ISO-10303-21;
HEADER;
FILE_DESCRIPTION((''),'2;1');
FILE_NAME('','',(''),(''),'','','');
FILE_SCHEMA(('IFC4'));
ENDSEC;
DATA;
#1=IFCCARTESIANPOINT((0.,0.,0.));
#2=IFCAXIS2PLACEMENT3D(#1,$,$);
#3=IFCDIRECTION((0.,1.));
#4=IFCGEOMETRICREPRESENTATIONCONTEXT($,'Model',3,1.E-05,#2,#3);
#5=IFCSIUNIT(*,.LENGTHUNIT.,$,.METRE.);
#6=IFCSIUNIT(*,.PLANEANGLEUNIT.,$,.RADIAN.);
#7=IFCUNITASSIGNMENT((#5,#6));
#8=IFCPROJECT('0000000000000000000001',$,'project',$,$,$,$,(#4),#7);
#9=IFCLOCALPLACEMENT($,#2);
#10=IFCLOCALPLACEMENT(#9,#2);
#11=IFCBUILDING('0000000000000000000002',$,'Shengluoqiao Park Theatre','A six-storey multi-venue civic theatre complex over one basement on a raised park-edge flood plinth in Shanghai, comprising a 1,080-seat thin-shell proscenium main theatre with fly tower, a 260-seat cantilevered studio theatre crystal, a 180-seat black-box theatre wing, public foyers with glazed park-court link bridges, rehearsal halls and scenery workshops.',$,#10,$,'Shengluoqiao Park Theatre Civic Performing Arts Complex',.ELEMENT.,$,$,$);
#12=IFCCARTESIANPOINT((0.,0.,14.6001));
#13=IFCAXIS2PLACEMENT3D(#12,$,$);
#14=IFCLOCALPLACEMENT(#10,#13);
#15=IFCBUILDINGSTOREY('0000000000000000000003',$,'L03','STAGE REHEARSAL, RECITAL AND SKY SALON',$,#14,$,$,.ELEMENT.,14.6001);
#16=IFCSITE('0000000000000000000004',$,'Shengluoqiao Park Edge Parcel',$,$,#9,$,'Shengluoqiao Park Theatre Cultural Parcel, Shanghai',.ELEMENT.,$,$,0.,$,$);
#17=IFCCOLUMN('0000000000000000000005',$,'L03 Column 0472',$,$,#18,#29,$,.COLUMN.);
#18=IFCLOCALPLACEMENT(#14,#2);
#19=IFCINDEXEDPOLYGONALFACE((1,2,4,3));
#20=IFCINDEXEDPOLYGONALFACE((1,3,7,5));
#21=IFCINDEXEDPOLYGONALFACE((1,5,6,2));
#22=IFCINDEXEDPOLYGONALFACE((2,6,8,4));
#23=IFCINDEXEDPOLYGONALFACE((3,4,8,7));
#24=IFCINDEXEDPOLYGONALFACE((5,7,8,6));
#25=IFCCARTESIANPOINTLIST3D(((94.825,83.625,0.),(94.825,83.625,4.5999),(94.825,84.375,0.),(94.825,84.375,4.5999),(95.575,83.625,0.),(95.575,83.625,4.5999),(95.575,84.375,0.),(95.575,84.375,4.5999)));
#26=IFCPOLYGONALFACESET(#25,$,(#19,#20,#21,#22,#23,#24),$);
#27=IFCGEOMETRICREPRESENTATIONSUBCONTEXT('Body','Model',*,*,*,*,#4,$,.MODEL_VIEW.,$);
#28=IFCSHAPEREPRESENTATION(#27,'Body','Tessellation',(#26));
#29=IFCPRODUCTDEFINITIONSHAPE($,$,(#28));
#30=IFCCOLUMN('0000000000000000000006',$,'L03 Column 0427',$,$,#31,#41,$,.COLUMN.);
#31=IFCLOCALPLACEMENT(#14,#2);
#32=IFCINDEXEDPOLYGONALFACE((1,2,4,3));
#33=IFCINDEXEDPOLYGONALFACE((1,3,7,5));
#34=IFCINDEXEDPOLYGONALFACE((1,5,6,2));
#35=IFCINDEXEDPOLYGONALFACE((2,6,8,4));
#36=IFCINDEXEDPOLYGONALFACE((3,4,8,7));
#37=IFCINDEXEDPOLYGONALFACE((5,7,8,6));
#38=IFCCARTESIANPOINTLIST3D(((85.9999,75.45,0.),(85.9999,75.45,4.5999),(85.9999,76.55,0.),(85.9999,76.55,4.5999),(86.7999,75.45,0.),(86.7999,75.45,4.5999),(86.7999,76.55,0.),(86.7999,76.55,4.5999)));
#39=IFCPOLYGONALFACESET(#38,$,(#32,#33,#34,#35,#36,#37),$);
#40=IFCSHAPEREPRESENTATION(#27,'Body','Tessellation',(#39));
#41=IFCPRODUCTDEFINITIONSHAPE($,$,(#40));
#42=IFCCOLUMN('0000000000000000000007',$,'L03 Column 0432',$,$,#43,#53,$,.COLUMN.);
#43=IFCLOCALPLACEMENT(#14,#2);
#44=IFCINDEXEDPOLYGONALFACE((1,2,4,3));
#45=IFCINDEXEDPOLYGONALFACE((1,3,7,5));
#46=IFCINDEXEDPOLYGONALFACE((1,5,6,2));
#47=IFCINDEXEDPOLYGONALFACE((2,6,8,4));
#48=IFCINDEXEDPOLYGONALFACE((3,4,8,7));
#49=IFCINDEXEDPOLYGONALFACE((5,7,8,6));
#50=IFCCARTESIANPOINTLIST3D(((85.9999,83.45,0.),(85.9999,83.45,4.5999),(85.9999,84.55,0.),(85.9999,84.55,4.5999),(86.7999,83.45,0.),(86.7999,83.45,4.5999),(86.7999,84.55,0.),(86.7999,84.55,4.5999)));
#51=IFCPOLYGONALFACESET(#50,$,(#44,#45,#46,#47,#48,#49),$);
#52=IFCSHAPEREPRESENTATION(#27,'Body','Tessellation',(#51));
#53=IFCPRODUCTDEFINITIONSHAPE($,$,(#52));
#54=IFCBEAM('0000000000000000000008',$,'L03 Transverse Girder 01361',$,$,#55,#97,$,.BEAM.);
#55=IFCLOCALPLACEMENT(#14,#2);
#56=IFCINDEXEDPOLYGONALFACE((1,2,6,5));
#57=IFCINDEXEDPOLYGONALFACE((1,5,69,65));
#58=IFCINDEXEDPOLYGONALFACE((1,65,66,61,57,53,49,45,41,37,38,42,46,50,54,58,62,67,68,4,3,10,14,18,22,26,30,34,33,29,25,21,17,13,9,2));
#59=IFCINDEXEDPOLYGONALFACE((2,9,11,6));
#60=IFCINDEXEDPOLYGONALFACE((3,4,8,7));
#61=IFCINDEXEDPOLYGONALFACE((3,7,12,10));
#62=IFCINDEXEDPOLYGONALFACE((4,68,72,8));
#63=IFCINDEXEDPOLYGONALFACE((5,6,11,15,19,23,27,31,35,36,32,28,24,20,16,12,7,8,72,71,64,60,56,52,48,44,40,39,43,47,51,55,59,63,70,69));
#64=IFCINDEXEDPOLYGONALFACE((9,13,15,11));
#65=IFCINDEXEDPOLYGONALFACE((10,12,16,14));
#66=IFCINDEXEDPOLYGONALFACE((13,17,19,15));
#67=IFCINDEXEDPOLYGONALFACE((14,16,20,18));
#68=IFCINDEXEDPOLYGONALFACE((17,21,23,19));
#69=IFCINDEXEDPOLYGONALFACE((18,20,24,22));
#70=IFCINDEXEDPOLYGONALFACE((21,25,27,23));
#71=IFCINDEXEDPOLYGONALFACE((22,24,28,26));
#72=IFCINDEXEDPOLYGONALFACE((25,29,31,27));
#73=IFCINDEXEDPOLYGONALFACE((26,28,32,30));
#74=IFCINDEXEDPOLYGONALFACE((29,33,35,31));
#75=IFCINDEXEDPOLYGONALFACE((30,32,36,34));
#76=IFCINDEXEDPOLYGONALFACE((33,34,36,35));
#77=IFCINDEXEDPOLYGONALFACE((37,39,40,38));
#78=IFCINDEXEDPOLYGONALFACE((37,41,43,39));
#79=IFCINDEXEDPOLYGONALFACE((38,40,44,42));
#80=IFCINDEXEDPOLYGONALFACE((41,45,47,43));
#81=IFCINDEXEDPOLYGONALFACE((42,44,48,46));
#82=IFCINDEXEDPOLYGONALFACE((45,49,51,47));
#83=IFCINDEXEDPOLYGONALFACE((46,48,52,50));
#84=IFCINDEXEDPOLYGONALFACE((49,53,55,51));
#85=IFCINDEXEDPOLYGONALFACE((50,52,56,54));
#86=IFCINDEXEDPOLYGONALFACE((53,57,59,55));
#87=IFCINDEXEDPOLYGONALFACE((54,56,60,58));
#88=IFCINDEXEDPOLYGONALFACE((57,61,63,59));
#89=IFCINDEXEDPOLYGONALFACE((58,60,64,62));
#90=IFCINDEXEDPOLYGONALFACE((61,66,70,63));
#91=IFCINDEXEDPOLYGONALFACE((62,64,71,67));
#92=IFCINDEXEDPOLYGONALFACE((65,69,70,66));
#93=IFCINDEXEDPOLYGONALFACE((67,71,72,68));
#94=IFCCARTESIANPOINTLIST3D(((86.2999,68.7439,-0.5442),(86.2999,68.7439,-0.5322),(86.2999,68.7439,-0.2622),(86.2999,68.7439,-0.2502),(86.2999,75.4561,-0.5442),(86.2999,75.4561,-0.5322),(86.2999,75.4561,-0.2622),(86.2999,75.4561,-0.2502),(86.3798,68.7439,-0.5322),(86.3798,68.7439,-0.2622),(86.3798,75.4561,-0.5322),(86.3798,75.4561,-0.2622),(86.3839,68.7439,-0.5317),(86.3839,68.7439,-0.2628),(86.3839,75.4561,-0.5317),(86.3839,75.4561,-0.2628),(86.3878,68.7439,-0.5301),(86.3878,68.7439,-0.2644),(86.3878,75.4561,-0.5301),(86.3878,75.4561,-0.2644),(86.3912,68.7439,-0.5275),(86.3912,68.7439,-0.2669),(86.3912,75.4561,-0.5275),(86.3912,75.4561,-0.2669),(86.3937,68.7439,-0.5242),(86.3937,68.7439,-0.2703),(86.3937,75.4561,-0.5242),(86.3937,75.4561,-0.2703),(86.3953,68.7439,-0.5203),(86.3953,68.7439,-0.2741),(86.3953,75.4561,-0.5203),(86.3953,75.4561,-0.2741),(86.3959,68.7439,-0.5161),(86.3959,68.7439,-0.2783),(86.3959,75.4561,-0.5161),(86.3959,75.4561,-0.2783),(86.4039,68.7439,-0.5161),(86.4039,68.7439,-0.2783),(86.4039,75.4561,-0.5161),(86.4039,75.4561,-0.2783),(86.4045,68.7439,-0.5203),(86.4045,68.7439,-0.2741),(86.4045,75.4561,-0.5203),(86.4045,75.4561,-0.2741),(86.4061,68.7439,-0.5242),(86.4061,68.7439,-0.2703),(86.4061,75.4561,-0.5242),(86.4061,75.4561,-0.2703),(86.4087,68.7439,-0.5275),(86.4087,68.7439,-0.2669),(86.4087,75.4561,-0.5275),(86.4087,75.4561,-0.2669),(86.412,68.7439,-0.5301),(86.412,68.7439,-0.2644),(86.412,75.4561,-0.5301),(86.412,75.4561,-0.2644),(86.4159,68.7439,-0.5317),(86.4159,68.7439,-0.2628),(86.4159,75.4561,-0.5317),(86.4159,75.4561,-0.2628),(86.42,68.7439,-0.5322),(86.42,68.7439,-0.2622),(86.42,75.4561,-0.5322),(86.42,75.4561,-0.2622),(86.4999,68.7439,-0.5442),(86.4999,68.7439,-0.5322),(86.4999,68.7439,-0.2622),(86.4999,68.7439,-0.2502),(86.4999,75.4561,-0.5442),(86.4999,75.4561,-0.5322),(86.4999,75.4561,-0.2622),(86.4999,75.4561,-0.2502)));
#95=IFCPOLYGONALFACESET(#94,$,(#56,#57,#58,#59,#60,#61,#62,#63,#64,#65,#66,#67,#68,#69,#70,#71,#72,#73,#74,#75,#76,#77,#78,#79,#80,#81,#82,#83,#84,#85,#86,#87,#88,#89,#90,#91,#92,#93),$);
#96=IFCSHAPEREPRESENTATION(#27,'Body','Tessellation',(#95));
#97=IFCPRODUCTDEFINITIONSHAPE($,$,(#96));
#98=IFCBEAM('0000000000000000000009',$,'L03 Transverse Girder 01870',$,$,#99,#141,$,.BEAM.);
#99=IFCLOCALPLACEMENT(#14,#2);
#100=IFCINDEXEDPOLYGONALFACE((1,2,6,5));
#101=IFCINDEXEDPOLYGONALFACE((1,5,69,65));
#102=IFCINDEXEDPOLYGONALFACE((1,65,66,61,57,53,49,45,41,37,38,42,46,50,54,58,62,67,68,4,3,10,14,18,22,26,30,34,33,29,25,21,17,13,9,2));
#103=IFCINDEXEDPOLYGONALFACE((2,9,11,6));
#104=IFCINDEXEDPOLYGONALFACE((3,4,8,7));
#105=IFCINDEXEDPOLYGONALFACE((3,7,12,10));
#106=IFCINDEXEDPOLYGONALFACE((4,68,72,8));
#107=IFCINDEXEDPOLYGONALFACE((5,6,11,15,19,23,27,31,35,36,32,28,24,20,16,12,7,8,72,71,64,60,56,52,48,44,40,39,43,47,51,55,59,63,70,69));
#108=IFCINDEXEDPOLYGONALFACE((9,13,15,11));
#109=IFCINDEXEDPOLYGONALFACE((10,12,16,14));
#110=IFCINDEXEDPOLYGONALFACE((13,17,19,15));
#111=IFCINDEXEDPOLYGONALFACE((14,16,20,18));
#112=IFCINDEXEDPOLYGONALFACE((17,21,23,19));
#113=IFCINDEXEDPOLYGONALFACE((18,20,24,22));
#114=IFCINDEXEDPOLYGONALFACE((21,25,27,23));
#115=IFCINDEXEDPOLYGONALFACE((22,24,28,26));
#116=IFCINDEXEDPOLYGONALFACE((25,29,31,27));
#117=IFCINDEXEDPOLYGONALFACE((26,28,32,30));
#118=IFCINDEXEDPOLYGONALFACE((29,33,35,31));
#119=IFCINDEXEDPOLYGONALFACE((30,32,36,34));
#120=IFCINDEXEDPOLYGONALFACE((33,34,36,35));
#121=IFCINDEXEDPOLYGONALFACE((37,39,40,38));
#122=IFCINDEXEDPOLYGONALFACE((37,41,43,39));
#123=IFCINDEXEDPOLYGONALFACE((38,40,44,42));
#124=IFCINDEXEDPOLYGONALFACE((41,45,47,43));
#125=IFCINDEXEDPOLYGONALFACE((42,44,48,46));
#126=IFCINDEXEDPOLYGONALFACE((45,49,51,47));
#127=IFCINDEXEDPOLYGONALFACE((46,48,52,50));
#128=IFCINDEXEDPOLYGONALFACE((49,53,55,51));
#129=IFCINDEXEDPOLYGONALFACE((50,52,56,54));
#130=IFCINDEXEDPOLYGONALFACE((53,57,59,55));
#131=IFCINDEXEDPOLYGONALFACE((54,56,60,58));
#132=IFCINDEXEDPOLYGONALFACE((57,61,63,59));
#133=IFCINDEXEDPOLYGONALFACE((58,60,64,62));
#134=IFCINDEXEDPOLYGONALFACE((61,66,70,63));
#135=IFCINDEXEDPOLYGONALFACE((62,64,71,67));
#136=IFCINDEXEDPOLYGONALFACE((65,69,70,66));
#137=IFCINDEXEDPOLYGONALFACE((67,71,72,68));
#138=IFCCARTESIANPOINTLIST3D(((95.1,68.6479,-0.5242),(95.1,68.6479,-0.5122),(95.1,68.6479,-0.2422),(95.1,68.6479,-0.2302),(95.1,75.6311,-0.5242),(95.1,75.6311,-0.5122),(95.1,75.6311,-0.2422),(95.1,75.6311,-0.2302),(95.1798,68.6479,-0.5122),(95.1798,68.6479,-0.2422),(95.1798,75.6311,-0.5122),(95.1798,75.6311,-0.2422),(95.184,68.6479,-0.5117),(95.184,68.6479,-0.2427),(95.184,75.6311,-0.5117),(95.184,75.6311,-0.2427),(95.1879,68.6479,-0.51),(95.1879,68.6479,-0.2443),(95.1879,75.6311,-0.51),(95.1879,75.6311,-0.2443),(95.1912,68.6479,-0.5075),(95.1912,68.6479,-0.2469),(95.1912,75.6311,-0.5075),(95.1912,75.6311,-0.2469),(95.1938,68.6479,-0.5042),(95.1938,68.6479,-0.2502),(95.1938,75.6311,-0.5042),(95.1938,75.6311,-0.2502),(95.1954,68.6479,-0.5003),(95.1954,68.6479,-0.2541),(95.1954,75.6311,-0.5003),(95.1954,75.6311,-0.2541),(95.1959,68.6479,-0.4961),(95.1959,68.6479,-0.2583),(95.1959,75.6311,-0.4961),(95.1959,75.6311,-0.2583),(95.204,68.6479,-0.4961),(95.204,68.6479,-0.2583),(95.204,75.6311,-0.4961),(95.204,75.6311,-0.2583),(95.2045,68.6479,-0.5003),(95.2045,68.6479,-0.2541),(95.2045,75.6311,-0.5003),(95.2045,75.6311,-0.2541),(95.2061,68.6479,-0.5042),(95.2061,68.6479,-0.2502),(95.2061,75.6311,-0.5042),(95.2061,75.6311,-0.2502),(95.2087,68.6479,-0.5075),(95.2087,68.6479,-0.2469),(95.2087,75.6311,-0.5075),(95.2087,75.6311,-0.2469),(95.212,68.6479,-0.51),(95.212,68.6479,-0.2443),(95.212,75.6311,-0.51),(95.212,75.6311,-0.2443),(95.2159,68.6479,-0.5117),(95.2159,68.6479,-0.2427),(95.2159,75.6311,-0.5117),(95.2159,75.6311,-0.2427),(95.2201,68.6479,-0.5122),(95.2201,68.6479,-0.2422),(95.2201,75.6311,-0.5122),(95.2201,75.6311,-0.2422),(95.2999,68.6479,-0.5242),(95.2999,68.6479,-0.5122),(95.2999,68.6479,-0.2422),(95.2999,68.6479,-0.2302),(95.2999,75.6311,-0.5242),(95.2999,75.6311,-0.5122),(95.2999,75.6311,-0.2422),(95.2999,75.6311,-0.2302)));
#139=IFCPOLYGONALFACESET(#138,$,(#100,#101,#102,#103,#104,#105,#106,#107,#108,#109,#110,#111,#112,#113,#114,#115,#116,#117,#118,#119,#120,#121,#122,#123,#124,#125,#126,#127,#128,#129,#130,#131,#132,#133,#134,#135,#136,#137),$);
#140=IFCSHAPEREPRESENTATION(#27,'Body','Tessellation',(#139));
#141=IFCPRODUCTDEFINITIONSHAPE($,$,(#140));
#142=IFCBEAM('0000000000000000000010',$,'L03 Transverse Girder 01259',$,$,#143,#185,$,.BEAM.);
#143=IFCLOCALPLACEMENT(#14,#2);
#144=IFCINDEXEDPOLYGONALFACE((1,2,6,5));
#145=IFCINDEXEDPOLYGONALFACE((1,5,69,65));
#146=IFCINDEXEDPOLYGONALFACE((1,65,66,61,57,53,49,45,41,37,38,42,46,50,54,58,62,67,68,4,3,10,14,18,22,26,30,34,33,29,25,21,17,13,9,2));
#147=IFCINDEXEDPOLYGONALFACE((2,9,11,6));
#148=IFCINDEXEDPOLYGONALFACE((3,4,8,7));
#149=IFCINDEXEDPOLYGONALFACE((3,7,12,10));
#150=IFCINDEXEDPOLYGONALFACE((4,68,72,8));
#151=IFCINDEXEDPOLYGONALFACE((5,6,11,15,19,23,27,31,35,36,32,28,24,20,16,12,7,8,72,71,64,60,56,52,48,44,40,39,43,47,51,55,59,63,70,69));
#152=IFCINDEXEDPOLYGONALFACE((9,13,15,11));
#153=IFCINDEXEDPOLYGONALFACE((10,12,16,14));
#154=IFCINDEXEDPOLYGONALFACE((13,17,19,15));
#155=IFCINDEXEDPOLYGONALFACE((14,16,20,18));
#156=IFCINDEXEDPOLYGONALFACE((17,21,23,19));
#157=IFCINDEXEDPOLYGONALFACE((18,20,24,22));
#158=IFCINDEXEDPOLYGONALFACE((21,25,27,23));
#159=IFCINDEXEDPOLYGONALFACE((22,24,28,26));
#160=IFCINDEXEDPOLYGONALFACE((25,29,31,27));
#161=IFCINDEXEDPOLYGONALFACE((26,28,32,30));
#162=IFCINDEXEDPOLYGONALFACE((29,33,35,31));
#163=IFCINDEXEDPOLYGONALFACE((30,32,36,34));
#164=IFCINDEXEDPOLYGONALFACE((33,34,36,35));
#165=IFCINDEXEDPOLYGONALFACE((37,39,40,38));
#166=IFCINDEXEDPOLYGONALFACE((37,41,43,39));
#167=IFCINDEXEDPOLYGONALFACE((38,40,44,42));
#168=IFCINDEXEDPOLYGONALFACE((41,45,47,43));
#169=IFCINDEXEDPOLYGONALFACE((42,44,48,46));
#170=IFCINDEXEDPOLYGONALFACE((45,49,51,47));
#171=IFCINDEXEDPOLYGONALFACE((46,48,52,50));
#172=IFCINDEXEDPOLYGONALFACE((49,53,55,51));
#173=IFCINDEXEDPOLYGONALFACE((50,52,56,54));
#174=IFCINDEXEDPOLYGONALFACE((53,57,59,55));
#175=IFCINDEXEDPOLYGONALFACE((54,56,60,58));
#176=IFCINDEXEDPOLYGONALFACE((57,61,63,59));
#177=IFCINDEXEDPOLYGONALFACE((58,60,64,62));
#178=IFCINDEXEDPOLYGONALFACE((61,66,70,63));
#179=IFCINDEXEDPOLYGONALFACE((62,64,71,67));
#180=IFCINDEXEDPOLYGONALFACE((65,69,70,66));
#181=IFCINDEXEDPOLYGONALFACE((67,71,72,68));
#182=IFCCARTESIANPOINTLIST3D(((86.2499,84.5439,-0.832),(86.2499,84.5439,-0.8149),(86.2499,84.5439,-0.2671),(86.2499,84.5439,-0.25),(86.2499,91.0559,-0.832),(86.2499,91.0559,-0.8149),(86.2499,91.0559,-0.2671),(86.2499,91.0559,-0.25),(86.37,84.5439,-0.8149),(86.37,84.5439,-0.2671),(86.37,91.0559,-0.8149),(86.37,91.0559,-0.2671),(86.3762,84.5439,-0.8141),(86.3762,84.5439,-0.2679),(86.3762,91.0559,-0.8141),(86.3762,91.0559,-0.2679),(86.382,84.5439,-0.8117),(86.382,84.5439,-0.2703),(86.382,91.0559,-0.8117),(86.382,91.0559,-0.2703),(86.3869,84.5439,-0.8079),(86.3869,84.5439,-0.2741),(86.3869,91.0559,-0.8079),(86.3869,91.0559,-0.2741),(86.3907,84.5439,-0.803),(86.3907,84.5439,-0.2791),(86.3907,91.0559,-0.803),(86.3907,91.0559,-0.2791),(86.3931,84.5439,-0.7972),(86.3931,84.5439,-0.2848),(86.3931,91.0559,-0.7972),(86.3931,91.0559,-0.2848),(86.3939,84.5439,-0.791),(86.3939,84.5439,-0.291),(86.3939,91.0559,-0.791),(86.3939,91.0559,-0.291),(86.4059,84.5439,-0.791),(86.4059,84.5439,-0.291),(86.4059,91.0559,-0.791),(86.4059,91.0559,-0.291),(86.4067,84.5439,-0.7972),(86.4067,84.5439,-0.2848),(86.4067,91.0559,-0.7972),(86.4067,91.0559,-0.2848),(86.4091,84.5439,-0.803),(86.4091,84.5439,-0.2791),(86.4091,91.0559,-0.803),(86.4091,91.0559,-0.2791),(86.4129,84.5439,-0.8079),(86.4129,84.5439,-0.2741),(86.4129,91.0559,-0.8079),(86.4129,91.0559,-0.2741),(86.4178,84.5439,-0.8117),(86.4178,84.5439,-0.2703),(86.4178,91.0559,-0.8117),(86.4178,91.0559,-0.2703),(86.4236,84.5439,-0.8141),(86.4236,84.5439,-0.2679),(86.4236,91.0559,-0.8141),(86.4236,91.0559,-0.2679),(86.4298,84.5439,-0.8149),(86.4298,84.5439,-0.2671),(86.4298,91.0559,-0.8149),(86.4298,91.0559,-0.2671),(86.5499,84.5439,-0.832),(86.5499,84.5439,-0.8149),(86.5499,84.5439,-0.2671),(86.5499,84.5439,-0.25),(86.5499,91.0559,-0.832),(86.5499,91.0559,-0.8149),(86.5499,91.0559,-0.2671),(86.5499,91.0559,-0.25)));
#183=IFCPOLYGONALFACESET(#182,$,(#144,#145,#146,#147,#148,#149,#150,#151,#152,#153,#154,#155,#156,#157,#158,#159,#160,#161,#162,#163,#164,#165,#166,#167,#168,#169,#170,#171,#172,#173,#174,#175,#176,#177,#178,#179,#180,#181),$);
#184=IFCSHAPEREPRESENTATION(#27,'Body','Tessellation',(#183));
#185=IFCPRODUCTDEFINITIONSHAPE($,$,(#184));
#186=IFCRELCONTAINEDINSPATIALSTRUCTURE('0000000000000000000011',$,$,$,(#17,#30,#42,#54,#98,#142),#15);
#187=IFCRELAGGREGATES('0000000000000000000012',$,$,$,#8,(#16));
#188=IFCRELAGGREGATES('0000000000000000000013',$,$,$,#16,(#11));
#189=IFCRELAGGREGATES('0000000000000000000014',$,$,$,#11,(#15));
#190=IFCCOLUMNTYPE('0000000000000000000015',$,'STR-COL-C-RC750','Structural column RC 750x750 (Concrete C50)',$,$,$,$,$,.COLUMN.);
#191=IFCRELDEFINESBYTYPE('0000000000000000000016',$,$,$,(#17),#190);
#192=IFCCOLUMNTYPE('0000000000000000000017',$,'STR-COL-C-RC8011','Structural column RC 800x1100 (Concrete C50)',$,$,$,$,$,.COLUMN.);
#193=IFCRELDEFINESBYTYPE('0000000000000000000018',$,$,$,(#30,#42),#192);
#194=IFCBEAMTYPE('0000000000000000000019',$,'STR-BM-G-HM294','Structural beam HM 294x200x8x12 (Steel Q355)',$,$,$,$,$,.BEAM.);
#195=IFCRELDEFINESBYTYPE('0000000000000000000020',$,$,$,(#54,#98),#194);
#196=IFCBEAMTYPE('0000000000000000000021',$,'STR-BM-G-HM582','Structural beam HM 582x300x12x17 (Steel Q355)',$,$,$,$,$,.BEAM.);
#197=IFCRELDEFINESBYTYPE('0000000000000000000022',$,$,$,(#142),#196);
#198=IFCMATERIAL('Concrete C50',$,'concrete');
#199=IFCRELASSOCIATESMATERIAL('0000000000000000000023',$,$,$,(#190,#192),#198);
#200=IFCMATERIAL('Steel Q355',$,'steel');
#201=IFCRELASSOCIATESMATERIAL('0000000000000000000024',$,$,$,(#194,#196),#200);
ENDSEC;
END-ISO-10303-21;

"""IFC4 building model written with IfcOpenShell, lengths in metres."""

from ifc_helpers import new_model, si_unit, direction, frame, origin, origin_2d, place, context, subcontext, project, spatial, rectangle, i_section, extrude, material, material_profile, profile_set, type_object, element, save


model = new_model("IFC4")

# Units and contexts
model_context = context("Model", 3, precision=1e-05, world=origin(), true_north=direction((0.0, 1.0)))
body_context = subcontext(model_context, "Body", "Model", "MODEL_VIEW")
ifc_project = project(units=[si_unit("LENGTHUNIT", "METRE"), si_unit("PLANEANGLEUNIT", "RADIAN")], contexts=[model_context])

# Site, building, storey
site_placement = place(None, origin())
site = spatial("IfcSite", under=ifc_project, at=site_placement, Name="Shengluoqiao Park Edge Parcel", LongName="Shengluoqiao Park Theatre Cultural Parcel, Shanghai", CompositionType="ELEMENT", RefElevation=0.0)
building_placement = place(site_placement, origin())
building = spatial("IfcBuilding", under=site, at=building_placement, Name="Shengluoqiao Park Theatre", Description="A six-storey multi-venue civic theatre complex over one basement on a raised park-edge flood plinth in Shanghai, comprising a 1,080-seat thin-shell proscenium main theatre with fly tower, a 260-seat cantilevered studio theatre crystal, a 180-seat black-box theatre wing, public foyers with glazed park-court link bridges, rehearsal halls and scenery workshops.", LongName="Shengluoqiao Park Theatre Civic Performing Arts Complex", CompositionType="ELEMENT")
storey_placement = place(building_placement, frame((0.0, 0.0, 14.6001)))
storey = spatial("IfcBuildingStorey", under=building, at=storey_placement, Name="L03", Description="STAGE REHEARSAL, RECITAL AND SKY SALON", CompositionType="ELEMENT", Elevation=14.6001)

# Columns
ifc_material_1 = material(Name="Concrete C50", Category="concrete")
ifc_material_profile_1 = material_profile(ifc_material_1, rectangle(XDim=0.75, YDim=0.75, at=origin_2d()), Name="RC 750x750")
ifc_profile_set_1 = profile_set([ifc_material_profile_1], Name="Concrete C50")
column_type_1 = type_object("IfcColumnType", Name="STR-COL-C-RC750", Description="Structural column RC 750x750 (Concrete C50)", PredefinedType="COLUMN", material=ifc_profile_set_1)
column_placement = place(storey_placement, frame((95.2, 84.0, 0.0), z_axis=(0.0, 0.0, 1.0), x_axis=(1.0, 0.0, 0.0)))
element("IfcColumn", 1, at=column_placement, inside=storey, type_object=column_type_1, Name="L03 Column 0472", PredefinedType="COLUMN", context=body_context, shape_type="SweptSolid", body=[
    extrude(rectangle(XDim=0.75, YDim=0.75, at=origin_2d()), origin(), (0.0, 0.0, 1.0), 4.5999),
])
ifc_material_profile_2 = material_profile(ifc_material_1, rectangle(XDim=0.8, YDim=1.1001, at=origin_2d()), Name="RC 800x1100")
ifc_profile_set_2 = profile_set([ifc_material_profile_2], Name="Concrete C50")
column_type_2 = type_object("IfcColumnType", Name="STR-COL-C-RC8011", Description="Structural column RC 800x1100 (Concrete C50)", PredefinedType="COLUMN", material=ifc_profile_set_2)
for number, where, z_axis, x_axis, name in (
    (2, (86.3999, 76.0, 0.0), (0.0, 0.0, 1.0), (1.0, 0.0, 0.0), "L03 Column 0427"),
    (3, (86.3999, 84.0, 0.0), (0.0, 0.0, 1.0), (1.0, 0.0, 0.0), "L03 Column 0432"),
):
    element("IfcColumn", number, at=place(storey_placement, frame(where, z_axis=z_axis, x_axis=x_axis)), inside=storey, type_object=column_type_2, Name=name, PredefinedType="COLUMN", context=body_context, shape_type="SweptSolid", body=[
        extrude(rectangle(XDim=0.8, YDim=1.1001, at=origin_2d()), origin(), (0.0, 0.0, 1.0), 4.5999),
    ])

# Beams
ifc_material_2 = material(Name="Steel Q355", Category="steel")
ifc_material_profile_3 = material_profile(ifc_material_2, i_section(OverallWidth=0.2, OverallDepth=0.2939, WebThickness=0.0081, FlangeThickness=0.012, FilletRadius=0.0161, at=origin_2d()), Name="HM 294x200x8x12")
ifc_profile_set_3 = profile_set([ifc_material_profile_3], Name="Steel Q355")
beam_type_1 = type_object("IfcBeamType", Name="STR-BM-G-HM294", Description="Structural beam HM 294x200x8x12 (Steel Q355)", PredefinedType="BEAM", material=ifc_profile_set_3)
beam_1_placement = place(storey_placement, frame((86.3999, 68.7439, -0.3972), z_axis=(0.0, 1.0, 0.0), x_axis=(-1.0, 0.0, 0.0)))
element("IfcBeam", 4, at=beam_1_placement, inside=storey, type_object=beam_type_1, Name="L03 Transverse Girder 01361", PredefinedType="BEAM", context=body_context, shape_type="SweptSolid", body=[
    extrude(i_section(OverallWidth=0.2, OverallDepth=0.2939, WebThickness=0.0081, FlangeThickness=0.012, FilletRadius=0.0161, at=origin_2d()), origin(), (0.0, 0.0, 1.0), 6.7122),
])
beam_2_placement = place(storey_placement, frame((95.2, 68.6479, -0.3772), z_axis=(0.0, 1.0, 0.0), x_axis=(-1.0, 0.0, 0.0)))
element("IfcBeam", 5, at=beam_2_placement, inside=storey, type_object=beam_type_1, Name="L03 Transverse Girder 01870", PredefinedType="BEAM", context=body_context, shape_type="SweptSolid", body=[
    extrude(i_section(OverallWidth=0.2, OverallDepth=0.2939, WebThickness=0.0081, FlangeThickness=0.012, FilletRadius=0.0161, at=origin_2d()), origin(), (0.0, 0.0, 1.0), 6.9832),
])
ifc_material_profile_4 = material_profile(ifc_material_2, i_section(OverallWidth=0.3, OverallDepth=0.582, WebThickness=0.012, FlangeThickness=0.0171, FilletRadius=0.0239, at=origin_2d()), Name="HM 582x300x12x17")
ifc_profile_set_4 = profile_set([ifc_material_profile_4], Name="Steel Q355")
beam_type_2 = type_object("IfcBeamType", Name="STR-BM-G-HM582", Description="Structural beam HM 582x300x12x17 (Steel Q355)", PredefinedType="BEAM", material=ifc_profile_set_4)
beam_3_placement = place(storey_placement, frame((86.3999, 84.5439, -0.541), z_axis=(0.0, 1.0, 0.0), x_axis=(-1.0, 0.0, 0.0)))
element("IfcBeam", 6, at=beam_3_placement, inside=storey, type_object=beam_type_2, Name="L03 Transverse Girder 01259", PredefinedType="BEAM", context=body_context, shape_type="SweptSolid", body=[
    extrude(i_section(OverallWidth=0.3, OverallDepth=0.582, WebThickness=0.012, FlangeThickness=0.0171, FilletRadius=0.0239, at=origin_2d()), origin(), (0.0, 0.0, 1.0), 6.512),
])

save(model, "model.ifc")
